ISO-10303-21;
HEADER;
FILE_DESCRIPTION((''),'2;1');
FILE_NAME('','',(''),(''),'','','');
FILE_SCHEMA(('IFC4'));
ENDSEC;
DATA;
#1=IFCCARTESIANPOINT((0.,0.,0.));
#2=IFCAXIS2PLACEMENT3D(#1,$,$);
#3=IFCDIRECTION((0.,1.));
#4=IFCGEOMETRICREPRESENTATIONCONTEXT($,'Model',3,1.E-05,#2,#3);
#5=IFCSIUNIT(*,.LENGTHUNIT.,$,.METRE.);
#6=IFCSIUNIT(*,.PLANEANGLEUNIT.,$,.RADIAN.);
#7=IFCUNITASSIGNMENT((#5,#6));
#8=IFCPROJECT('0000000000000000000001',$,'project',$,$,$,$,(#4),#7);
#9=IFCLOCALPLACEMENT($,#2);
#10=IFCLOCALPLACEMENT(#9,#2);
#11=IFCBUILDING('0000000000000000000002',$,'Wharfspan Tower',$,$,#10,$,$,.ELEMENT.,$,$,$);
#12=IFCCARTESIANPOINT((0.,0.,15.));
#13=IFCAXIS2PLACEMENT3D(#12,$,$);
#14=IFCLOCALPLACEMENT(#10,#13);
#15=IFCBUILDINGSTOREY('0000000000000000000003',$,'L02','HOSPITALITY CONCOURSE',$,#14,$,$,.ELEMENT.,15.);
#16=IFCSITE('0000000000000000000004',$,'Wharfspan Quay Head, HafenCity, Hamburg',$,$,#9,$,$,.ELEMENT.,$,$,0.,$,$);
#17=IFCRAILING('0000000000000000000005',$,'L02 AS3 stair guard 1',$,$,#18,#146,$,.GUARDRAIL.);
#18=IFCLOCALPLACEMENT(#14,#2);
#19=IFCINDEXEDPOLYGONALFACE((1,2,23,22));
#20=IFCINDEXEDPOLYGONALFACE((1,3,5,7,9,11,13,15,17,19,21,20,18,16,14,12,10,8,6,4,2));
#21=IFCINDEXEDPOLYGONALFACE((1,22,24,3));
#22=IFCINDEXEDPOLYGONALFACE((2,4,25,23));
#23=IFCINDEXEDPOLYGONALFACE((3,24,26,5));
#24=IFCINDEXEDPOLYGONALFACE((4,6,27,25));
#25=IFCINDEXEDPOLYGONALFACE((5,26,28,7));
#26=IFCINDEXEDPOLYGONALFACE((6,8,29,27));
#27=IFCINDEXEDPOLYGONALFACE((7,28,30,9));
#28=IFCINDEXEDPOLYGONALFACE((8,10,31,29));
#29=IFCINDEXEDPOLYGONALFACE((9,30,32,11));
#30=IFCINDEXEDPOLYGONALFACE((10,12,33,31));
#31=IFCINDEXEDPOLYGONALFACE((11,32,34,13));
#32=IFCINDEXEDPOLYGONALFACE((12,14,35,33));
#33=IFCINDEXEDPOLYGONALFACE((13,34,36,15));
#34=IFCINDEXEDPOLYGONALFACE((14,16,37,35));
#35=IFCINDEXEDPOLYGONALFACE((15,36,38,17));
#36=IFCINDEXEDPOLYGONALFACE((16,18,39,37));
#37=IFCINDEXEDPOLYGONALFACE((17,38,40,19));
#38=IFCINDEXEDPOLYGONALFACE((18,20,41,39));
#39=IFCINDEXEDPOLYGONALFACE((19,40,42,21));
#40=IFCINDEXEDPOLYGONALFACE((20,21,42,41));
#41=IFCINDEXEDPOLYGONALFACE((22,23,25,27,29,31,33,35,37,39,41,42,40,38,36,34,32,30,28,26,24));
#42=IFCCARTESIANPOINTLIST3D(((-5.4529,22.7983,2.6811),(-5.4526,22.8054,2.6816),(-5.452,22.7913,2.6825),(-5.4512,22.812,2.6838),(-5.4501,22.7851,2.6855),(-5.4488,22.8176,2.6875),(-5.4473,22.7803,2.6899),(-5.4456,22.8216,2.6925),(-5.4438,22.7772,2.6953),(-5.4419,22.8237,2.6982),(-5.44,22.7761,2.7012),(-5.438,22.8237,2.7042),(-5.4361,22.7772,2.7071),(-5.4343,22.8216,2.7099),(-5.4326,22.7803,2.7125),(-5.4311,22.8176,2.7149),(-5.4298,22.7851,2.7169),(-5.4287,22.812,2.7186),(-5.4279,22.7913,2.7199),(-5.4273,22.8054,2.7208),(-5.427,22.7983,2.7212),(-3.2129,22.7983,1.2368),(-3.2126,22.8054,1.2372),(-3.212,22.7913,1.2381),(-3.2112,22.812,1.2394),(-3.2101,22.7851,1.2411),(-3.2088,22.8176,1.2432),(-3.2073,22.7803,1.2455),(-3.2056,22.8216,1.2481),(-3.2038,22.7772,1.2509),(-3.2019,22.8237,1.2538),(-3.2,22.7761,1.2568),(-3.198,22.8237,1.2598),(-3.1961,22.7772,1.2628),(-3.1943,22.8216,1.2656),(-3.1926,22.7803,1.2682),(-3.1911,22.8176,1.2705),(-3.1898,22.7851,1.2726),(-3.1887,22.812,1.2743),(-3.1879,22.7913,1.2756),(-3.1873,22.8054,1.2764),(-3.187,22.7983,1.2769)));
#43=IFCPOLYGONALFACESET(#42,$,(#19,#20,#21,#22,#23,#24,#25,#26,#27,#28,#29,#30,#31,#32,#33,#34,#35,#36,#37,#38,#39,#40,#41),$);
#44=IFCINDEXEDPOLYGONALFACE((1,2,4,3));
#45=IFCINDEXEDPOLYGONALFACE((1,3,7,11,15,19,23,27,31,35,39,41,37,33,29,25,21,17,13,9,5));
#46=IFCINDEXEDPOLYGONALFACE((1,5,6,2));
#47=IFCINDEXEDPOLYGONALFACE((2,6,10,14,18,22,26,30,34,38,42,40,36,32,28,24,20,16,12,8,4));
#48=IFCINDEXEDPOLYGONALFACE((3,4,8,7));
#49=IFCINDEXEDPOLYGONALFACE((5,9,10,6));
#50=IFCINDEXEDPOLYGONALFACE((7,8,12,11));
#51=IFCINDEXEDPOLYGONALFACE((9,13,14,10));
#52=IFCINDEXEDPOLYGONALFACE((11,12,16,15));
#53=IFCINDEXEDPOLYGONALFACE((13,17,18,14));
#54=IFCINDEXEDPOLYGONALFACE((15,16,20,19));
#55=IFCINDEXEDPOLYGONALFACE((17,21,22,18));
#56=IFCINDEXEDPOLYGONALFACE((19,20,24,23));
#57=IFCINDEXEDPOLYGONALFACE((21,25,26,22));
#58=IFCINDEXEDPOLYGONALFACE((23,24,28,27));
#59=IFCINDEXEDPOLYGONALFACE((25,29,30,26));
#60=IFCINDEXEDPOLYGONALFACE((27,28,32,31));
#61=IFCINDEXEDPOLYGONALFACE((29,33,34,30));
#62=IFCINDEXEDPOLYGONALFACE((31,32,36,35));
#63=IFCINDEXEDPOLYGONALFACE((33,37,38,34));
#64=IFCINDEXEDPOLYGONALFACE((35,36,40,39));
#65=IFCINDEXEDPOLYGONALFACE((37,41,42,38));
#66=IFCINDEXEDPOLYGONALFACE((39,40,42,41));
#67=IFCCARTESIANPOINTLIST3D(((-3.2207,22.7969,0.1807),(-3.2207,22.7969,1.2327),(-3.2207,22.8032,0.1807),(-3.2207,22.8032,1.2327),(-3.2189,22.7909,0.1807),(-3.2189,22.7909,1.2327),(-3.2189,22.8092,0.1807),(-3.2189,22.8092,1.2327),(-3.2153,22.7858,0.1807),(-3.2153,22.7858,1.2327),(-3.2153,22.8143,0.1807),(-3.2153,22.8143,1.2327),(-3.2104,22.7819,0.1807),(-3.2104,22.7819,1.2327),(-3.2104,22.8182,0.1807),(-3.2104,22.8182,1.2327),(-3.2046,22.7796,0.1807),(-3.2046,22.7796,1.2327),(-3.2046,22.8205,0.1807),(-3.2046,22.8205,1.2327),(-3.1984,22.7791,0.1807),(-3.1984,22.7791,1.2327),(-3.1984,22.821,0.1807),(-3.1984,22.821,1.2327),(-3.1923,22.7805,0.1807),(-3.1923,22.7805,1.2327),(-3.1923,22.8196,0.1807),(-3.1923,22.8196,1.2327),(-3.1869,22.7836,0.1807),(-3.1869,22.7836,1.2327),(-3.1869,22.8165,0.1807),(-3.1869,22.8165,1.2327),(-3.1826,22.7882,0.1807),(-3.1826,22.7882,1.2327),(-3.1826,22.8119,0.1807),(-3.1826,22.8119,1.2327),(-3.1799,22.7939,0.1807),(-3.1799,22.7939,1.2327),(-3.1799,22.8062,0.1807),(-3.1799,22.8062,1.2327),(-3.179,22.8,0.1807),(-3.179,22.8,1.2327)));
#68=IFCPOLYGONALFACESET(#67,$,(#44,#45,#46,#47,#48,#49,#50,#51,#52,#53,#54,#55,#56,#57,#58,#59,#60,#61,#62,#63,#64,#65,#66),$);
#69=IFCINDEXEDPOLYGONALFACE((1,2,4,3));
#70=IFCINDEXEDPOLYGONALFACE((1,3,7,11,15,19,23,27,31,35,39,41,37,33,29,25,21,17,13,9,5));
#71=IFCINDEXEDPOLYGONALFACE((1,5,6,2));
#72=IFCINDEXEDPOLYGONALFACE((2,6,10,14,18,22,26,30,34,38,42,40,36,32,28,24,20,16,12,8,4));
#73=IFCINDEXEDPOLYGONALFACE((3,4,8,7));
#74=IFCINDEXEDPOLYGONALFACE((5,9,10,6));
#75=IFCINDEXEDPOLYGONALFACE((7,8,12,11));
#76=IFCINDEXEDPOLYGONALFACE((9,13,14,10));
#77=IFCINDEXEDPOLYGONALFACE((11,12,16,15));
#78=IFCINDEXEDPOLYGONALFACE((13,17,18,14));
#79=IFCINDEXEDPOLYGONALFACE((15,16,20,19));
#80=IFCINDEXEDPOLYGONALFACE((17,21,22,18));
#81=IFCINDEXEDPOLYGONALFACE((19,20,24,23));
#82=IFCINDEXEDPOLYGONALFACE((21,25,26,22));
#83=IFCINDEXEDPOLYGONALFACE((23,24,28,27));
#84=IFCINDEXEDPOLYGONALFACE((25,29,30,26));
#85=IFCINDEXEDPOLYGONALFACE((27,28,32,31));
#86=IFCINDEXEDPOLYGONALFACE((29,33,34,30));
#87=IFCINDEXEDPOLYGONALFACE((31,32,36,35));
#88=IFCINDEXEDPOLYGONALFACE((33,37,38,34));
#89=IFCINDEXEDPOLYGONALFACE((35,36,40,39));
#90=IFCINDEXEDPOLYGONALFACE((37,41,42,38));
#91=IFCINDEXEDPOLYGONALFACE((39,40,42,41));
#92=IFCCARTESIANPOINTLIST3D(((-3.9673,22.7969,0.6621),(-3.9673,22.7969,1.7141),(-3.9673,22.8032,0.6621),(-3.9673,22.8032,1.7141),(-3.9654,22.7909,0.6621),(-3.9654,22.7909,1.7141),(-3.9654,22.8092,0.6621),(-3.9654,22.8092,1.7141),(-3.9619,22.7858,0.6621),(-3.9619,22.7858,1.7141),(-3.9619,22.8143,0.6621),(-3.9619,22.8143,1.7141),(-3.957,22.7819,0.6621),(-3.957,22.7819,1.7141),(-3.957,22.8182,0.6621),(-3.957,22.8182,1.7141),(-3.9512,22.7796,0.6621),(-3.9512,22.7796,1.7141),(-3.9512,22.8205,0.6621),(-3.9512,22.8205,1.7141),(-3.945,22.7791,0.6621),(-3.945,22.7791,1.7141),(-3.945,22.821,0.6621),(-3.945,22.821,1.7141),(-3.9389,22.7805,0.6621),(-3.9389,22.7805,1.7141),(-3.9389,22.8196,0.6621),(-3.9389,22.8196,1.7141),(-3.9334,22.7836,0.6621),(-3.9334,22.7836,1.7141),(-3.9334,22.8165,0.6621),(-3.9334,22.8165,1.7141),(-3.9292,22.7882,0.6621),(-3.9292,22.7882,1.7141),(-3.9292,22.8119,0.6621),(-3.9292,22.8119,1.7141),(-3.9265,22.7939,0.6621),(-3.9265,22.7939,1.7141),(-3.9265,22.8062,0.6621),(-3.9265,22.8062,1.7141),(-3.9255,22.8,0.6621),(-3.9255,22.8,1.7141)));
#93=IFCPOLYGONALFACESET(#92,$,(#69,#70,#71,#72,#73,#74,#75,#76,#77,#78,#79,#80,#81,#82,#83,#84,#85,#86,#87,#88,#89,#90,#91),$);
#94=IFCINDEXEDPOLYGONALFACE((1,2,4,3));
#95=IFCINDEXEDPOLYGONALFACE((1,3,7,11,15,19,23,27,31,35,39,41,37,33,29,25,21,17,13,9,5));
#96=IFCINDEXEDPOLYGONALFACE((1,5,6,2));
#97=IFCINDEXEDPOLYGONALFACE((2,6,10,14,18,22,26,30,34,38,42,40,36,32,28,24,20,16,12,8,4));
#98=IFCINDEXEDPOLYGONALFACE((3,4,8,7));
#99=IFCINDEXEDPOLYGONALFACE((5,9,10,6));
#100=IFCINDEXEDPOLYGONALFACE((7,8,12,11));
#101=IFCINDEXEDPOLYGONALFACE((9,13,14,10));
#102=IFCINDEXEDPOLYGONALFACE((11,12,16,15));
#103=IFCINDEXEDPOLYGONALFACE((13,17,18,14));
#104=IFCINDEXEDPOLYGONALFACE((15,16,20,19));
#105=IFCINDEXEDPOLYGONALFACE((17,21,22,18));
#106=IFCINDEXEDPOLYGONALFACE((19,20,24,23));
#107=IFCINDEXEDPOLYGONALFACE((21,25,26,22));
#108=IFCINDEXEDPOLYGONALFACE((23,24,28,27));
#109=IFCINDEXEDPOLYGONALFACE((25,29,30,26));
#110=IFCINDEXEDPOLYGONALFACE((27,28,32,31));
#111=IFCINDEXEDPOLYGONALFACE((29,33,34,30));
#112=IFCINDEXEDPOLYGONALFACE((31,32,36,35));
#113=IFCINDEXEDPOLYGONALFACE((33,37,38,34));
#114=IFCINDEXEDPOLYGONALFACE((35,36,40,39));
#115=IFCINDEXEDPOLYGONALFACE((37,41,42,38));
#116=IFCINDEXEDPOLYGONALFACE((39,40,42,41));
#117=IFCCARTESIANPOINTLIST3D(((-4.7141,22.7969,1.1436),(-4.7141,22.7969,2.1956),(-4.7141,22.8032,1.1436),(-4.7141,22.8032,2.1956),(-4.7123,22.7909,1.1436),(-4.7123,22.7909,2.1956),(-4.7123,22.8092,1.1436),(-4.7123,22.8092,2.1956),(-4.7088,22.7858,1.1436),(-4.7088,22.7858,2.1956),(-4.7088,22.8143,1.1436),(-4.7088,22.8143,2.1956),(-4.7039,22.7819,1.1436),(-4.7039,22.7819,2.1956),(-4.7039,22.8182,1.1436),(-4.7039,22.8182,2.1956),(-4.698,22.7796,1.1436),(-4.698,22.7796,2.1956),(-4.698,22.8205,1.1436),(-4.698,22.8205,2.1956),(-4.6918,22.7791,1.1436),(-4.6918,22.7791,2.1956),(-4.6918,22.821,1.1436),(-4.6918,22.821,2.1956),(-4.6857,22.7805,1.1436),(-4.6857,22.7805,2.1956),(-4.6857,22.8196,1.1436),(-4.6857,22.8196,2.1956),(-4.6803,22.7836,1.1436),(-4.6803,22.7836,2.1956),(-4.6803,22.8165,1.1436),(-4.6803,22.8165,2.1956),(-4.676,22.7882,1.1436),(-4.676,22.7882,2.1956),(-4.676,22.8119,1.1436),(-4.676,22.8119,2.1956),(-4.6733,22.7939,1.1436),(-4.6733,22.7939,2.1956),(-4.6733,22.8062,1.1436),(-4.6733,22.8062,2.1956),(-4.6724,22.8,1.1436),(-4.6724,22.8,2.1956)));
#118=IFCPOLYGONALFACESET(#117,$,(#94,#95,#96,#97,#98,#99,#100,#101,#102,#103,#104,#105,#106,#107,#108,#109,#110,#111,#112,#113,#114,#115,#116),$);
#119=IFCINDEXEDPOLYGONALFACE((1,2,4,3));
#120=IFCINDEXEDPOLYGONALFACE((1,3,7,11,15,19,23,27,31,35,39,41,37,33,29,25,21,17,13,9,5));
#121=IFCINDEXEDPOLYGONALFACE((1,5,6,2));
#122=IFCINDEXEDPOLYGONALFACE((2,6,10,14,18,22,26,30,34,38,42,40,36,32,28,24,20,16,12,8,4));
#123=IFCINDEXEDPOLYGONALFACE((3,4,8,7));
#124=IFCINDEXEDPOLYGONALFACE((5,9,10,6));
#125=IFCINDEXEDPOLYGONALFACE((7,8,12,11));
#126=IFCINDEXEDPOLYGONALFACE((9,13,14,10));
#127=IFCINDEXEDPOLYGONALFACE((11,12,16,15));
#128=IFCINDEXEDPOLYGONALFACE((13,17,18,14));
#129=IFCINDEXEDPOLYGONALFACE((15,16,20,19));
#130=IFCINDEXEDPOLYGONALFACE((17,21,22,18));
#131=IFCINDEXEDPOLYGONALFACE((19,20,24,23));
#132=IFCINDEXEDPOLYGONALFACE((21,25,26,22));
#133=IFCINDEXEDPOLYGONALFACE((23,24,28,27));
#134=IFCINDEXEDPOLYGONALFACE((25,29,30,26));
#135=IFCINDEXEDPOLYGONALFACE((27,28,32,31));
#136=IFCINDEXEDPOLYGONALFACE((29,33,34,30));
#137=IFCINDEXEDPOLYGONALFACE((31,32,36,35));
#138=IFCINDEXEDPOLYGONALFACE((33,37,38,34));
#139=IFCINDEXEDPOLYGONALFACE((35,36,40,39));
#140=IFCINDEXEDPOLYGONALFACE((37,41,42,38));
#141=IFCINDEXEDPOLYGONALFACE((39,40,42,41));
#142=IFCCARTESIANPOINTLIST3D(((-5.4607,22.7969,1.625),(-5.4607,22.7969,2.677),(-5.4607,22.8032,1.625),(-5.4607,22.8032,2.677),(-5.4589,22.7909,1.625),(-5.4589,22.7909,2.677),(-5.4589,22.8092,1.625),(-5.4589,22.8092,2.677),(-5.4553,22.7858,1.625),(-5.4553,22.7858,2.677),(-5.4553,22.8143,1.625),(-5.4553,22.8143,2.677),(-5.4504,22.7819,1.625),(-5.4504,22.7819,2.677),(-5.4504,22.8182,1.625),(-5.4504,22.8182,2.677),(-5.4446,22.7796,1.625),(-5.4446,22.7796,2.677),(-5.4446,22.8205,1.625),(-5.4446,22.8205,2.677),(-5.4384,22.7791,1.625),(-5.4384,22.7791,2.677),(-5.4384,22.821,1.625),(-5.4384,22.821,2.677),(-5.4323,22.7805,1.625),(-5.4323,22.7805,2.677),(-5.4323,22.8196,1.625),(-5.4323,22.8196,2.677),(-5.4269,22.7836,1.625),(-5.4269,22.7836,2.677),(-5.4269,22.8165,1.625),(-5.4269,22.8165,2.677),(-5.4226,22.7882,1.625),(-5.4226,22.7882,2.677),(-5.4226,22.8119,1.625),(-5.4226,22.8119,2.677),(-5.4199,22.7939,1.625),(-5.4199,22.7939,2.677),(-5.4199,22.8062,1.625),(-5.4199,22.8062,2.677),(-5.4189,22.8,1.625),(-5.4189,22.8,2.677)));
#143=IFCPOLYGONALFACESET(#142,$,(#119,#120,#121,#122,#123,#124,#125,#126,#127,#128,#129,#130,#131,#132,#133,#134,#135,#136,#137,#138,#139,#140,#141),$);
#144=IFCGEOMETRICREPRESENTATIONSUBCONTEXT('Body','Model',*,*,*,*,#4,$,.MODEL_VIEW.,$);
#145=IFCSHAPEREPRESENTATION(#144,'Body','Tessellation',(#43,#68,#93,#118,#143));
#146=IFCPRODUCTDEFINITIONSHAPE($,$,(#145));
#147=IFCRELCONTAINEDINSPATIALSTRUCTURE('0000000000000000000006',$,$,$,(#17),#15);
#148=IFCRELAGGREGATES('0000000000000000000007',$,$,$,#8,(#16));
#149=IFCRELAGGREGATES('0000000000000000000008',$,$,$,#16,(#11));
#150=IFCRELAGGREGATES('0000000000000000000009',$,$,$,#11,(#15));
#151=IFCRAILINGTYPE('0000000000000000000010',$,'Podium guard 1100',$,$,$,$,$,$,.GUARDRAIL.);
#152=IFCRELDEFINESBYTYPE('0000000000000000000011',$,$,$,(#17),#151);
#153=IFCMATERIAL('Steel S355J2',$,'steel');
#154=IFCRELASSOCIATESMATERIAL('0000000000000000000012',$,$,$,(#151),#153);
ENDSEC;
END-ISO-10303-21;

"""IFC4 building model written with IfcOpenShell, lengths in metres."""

from ifc_helpers import new_model, si_unit, direction, frame, origin, origin_2d, place, context, subcontext, project, spatial, circle, extrude, material, type_object, element, save


model = new_model("IFC4")

# Units and contexts
model_context = context("Model", 3, precision=1e-05, world=origin(), true_north=direction((0.0, 1.0)))
body_context = subcontext(model_context, "Body", "Model", "MODEL_VIEW")
ifc_project = project(units=[si_unit("LENGTHUNIT", "METRE"), si_unit("PLANEANGLEUNIT", "RADIAN")], contexts=[model_context])

# Site, building, storey
site_placement = place(None, origin())
site = spatial("IfcSite", under=ifc_project, at=site_placement, Name="Wharfspan Quay Head, HafenCity, Hamburg", CompositionType="ELEMENT", RefElevation=0.0)
building_placement = place(site_placement, origin())
building = spatial("IfcBuilding", under=site, at=building_placement, Name="Wharfspan Tower", CompositionType="ELEMENT")
storey_placement = place(building_placement, frame((0.0, 0.0, 15.0)))
storey = spatial("IfcBuildingStorey", under=building, at=storey_placement, Name="L02", Description="HOSPITALITY CONCOURSE", CompositionType="ELEMENT", Elevation=15.0)

# Railing
ifc_material_1 = material(Name="Steel S355J2", Category="steel")
railing_type_1 = type_object("IfcRailingType", Name="Podium guard 1100", PredefinedType="GUARDRAIL", material=ifc_material_1)
railing_1_placement = place(storey_placement, frame((-3.2, 22.8, 0.1807)))
element("IfcRailing", 1, at=railing_1_placement, inside=storey, type_object=railing_type_1, Name="L02 AS3 stair guard 1", PredefinedType="GUARDRAIL", context=body_context, shape_type="SweptSolid", body=[
    extrude(circle(Radius=0.0239, at=origin_2d()), frame((0.0, 0.0, 1.0762), z_axis=(-0.840437, 0.0, 0.54191), x_axis=(0.0, -1.0, 0.0)), (0.0, 0.0, 1.0), 2.6653),
    extrude(circle(Radius=0.021, at=origin_2d()), origin(), (0.0, 0.0, 1.0), 1.052),
    extrude(circle(Radius=0.021, at=origin_2d()), frame((-0.7466, 0.0, 0.4814)), (0.0, 0.0, 1.0), 1.052),
    extrude(circle(Radius=0.021, at=origin_2d()), frame((-1.4934, 0.0, 0.9629)), (0.0, 0.0, 1.0), 1.052),
    extrude(circle(Radius=0.021, at=origin_2d()), frame((-2.24, 0.0, 1.4443)), (0.0, 0.0, 1.0), 1.052),
])

save(model, "model.ifc")
